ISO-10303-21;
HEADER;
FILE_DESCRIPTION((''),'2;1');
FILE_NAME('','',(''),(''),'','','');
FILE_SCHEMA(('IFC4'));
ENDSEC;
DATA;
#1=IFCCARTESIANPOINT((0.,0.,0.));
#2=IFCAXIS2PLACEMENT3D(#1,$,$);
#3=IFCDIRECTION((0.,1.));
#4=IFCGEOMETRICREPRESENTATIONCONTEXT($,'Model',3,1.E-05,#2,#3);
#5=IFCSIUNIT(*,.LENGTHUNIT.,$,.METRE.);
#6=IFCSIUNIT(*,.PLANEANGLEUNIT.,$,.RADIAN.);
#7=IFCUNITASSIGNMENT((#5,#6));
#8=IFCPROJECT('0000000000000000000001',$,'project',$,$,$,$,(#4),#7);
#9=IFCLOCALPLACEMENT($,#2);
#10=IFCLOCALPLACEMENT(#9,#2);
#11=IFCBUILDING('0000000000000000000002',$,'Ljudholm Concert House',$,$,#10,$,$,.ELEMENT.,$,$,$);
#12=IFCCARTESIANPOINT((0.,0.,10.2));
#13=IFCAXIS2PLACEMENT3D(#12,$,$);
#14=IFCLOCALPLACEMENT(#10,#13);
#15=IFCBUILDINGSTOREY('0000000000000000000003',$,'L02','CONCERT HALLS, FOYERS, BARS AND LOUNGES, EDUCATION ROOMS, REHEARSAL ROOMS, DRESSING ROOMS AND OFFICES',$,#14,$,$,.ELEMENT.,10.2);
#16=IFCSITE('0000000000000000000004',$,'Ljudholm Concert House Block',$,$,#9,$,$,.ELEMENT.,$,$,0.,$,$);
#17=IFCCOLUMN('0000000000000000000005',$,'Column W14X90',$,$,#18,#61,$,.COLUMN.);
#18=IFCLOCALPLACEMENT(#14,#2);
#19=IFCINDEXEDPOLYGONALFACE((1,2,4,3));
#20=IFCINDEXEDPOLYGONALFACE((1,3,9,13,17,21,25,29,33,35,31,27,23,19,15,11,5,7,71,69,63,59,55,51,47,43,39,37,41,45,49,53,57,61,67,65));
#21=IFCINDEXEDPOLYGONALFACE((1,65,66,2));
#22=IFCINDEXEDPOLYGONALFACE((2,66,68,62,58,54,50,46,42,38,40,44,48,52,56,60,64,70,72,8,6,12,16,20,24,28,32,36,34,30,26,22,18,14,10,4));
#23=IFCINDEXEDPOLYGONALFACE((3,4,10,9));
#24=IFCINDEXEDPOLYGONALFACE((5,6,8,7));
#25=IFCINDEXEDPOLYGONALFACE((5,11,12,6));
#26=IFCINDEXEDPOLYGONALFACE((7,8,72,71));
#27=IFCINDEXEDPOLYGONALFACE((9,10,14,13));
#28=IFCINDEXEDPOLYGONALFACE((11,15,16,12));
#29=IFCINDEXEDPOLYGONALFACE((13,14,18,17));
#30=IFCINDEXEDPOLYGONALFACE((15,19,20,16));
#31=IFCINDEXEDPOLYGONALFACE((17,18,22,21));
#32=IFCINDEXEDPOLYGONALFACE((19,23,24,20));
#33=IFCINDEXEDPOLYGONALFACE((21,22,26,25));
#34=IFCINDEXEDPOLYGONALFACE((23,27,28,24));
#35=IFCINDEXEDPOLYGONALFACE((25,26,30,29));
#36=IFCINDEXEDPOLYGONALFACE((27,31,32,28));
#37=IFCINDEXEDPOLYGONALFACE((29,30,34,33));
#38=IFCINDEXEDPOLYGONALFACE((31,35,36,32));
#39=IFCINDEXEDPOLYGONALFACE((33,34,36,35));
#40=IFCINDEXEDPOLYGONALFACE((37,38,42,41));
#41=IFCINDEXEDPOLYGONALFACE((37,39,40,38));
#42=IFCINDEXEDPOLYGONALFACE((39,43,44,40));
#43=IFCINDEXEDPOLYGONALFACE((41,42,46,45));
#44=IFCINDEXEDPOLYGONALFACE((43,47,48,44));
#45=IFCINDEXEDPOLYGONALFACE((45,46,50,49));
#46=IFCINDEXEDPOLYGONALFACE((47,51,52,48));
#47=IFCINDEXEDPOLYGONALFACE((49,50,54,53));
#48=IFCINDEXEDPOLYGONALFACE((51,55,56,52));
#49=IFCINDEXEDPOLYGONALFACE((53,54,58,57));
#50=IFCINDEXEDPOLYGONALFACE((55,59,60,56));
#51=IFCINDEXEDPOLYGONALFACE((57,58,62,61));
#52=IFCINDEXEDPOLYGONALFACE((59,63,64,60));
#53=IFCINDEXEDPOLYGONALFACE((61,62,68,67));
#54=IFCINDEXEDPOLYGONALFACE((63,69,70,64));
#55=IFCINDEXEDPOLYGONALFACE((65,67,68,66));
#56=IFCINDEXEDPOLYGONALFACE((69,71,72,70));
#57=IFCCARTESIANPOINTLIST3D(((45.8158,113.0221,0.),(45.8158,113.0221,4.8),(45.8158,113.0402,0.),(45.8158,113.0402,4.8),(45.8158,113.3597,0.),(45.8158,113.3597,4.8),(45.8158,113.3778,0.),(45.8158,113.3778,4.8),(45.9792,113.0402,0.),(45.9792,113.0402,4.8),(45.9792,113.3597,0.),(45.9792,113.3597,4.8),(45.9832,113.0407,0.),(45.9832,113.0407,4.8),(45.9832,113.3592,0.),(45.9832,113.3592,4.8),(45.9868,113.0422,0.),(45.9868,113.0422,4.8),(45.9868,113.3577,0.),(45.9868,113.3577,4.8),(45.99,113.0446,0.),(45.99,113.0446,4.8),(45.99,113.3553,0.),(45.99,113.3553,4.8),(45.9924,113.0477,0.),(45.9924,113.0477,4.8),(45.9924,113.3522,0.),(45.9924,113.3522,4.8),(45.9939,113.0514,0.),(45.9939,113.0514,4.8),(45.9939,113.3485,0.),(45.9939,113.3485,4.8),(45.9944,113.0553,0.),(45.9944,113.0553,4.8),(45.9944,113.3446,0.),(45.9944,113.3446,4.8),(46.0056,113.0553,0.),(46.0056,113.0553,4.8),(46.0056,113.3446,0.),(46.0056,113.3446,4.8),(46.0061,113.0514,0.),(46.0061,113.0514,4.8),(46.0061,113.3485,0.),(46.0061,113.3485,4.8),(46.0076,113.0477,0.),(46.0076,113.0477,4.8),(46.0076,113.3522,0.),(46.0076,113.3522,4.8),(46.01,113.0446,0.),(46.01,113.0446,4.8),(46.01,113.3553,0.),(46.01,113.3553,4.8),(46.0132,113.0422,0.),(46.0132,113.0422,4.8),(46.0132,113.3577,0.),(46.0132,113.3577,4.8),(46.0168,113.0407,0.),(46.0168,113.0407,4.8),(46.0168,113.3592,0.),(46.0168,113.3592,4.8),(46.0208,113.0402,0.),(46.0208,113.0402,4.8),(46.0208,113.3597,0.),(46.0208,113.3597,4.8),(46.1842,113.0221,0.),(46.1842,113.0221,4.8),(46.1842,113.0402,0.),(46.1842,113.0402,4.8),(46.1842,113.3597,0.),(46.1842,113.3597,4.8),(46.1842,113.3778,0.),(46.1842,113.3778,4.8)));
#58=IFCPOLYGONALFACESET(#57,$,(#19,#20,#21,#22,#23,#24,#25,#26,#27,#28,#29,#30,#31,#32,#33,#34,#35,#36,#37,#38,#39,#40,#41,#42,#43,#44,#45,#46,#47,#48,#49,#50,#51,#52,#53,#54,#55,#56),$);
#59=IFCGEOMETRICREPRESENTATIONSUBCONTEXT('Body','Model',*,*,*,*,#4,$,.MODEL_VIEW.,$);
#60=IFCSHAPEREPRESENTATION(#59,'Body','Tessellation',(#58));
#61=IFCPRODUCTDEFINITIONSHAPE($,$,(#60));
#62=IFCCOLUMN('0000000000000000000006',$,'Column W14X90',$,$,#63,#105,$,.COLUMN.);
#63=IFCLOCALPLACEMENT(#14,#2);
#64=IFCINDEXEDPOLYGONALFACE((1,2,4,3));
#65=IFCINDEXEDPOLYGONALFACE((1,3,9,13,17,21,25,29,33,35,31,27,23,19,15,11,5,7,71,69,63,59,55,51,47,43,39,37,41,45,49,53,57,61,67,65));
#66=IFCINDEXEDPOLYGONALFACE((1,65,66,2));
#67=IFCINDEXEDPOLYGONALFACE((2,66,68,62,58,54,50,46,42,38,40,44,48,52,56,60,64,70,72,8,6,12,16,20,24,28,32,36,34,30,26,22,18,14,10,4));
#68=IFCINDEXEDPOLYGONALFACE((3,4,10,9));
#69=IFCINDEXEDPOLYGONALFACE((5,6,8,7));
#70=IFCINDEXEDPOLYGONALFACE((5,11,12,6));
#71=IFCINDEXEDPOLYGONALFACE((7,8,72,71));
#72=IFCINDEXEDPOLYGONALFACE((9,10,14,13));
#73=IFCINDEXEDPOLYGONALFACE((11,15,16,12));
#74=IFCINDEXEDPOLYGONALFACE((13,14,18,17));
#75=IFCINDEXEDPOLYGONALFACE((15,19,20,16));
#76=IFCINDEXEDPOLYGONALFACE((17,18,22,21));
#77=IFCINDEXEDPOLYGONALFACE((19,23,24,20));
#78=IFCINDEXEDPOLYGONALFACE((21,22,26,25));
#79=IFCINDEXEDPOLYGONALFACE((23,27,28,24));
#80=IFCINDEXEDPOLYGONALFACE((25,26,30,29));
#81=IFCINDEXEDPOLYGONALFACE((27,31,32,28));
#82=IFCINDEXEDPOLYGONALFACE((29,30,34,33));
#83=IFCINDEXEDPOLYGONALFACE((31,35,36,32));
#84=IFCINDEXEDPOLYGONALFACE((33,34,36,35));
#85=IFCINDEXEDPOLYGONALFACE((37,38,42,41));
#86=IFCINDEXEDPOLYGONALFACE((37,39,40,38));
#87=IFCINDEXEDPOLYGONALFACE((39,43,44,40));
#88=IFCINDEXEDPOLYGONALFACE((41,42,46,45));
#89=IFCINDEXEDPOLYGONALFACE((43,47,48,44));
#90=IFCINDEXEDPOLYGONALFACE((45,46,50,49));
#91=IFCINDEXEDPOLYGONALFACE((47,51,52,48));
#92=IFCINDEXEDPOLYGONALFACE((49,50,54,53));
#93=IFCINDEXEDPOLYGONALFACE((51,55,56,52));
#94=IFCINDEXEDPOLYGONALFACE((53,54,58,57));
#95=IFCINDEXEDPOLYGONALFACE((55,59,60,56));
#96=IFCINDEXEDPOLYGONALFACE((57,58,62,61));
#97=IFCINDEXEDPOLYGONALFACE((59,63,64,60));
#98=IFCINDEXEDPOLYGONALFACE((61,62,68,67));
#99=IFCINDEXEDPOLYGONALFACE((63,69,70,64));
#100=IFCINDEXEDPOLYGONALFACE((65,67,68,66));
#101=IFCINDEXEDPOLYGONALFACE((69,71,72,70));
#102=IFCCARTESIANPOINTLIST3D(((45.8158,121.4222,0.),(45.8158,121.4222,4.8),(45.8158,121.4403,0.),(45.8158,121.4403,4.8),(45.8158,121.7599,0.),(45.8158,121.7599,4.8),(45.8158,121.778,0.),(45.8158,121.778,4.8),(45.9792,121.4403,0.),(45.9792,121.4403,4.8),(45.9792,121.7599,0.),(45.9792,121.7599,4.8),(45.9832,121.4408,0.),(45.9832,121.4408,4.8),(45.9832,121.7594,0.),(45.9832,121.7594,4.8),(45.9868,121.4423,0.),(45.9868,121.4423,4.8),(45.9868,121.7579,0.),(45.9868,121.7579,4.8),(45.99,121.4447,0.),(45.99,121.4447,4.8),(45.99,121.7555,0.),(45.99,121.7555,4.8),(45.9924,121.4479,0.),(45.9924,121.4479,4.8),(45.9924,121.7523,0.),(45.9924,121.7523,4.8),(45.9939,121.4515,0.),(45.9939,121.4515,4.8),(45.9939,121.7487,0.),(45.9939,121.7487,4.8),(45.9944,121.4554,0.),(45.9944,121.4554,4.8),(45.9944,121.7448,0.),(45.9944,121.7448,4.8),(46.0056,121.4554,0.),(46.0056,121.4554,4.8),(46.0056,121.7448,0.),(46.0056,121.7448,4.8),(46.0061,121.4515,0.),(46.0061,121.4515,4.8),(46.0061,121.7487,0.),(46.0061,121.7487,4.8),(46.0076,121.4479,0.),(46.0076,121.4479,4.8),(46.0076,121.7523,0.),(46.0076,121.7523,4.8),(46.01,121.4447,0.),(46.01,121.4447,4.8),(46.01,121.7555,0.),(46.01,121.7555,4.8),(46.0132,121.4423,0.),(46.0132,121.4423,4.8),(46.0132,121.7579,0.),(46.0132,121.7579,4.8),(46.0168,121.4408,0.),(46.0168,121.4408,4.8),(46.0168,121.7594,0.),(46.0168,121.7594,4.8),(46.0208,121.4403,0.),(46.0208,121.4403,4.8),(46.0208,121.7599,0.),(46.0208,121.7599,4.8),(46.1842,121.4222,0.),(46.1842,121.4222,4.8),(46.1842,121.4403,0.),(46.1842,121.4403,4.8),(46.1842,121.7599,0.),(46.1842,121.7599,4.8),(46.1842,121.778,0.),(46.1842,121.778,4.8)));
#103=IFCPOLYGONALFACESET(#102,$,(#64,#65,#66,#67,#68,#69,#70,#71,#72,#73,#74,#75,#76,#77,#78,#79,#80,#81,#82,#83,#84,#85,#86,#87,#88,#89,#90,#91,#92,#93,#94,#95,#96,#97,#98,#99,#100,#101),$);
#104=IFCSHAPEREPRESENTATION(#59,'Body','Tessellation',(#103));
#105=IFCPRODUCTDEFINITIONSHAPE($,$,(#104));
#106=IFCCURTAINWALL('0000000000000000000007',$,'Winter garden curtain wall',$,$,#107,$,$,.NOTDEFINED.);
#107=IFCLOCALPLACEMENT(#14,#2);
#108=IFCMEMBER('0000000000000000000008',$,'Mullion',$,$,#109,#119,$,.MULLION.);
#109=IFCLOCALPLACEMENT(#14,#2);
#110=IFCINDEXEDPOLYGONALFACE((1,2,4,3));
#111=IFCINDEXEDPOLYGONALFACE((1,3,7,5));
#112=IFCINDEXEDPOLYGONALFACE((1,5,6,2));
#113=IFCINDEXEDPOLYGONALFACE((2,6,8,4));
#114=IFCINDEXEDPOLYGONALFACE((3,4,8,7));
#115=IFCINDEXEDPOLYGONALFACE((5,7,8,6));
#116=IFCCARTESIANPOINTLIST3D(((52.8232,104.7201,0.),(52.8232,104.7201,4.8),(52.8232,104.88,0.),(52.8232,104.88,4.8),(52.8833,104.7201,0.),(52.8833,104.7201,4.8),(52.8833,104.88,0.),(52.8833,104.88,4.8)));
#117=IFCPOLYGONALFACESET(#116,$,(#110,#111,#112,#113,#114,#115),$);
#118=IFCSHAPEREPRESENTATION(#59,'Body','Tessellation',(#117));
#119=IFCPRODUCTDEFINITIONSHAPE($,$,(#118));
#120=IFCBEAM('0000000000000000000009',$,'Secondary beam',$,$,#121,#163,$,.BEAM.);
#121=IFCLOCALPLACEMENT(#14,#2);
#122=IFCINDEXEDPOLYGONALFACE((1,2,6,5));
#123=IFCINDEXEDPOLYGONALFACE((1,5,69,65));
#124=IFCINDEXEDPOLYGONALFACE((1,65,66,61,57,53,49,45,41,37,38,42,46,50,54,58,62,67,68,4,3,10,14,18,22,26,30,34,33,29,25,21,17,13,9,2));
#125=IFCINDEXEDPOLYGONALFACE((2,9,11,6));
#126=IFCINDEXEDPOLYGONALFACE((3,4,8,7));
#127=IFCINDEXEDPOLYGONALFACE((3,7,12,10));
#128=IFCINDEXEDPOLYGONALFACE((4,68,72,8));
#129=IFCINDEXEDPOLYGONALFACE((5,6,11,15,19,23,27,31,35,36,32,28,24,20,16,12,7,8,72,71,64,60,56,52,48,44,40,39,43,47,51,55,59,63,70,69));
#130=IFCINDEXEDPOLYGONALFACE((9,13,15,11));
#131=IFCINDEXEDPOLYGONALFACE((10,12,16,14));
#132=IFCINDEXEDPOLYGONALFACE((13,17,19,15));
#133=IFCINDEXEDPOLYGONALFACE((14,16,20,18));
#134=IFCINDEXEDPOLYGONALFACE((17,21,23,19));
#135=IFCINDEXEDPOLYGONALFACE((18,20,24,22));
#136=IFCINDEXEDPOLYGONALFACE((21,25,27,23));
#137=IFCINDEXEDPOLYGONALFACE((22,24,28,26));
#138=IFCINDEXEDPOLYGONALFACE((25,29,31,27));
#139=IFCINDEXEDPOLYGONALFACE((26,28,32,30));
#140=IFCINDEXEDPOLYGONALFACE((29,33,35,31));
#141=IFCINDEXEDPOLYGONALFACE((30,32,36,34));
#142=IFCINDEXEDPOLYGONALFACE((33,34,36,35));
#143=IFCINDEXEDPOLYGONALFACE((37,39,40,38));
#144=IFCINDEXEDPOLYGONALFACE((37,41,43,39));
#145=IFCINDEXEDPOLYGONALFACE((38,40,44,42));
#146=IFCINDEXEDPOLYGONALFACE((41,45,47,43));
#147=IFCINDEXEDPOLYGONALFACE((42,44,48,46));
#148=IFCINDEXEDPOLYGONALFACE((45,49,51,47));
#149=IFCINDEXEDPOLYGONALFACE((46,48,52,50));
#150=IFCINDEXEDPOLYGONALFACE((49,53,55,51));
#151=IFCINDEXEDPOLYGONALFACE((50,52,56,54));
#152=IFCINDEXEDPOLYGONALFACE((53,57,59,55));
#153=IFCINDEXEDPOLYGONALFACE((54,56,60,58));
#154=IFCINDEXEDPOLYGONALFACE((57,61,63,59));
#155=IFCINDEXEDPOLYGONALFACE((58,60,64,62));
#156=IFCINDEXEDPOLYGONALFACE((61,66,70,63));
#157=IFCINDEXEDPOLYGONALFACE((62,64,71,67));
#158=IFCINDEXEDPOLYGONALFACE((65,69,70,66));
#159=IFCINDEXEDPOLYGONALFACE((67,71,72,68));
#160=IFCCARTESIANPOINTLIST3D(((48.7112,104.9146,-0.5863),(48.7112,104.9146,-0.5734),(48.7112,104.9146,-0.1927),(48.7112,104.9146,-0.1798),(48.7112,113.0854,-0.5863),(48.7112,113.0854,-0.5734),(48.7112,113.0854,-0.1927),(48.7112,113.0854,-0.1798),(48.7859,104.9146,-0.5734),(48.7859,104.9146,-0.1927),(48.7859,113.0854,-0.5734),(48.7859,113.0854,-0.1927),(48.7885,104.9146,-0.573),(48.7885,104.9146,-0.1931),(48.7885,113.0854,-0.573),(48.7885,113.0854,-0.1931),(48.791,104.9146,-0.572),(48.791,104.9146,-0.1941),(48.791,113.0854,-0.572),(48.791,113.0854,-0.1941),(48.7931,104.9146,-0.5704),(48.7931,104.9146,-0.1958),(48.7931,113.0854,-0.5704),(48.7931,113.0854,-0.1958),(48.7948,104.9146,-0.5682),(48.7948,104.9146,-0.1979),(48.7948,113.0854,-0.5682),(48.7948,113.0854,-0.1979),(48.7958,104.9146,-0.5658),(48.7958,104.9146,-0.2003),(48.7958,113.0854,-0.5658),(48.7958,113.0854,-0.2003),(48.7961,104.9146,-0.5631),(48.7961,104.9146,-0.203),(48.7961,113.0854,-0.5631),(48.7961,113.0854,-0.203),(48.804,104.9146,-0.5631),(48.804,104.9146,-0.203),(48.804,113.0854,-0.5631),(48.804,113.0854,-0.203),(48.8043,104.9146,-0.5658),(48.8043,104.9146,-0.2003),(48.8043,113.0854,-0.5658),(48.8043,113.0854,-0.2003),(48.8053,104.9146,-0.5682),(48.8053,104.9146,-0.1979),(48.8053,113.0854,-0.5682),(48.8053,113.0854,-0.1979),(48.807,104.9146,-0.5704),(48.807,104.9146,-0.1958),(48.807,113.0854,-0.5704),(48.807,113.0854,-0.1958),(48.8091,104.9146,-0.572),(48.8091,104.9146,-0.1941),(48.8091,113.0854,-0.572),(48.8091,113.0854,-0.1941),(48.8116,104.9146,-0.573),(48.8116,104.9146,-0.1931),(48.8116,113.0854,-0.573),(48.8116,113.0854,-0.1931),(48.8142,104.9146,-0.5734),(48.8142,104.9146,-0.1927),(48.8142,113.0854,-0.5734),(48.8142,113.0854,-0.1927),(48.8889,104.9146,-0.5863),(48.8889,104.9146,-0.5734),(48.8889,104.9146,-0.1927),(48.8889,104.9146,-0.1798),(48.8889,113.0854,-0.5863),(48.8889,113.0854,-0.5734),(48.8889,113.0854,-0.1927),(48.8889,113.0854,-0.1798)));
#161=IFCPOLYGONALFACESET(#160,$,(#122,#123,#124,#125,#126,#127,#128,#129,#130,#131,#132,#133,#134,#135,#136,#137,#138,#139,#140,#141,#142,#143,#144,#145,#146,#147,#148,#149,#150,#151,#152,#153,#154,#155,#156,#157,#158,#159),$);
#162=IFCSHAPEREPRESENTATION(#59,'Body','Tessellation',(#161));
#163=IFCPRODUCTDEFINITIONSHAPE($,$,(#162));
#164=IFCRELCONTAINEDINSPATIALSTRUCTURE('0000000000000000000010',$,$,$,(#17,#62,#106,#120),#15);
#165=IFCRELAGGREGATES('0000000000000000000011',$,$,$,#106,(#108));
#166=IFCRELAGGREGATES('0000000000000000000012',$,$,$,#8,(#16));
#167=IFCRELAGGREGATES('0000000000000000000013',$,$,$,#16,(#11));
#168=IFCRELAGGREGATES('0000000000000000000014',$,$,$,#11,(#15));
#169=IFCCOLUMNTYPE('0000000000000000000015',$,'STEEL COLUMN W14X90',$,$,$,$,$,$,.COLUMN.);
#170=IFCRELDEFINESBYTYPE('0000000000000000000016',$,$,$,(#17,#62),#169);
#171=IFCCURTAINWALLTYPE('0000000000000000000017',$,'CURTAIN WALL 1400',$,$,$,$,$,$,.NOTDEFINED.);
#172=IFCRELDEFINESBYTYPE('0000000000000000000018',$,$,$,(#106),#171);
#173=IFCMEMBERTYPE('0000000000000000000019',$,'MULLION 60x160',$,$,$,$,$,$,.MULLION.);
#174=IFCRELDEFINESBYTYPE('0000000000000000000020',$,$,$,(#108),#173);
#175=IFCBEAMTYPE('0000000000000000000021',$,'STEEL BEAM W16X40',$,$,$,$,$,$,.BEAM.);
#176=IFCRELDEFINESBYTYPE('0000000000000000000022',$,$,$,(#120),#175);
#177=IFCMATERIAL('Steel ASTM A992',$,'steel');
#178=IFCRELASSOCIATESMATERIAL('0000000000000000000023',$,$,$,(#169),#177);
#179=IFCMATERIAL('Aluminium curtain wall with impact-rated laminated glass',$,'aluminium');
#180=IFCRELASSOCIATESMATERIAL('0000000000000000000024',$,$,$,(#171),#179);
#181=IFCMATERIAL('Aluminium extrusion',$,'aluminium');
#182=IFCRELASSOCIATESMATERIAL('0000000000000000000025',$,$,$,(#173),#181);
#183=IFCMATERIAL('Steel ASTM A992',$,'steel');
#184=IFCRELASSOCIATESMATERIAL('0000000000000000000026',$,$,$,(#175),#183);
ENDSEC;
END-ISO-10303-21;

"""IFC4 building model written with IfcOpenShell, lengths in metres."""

from ifc_helpers import new_model, si_unit, direction, frame, origin, origin_2d, place, context, subcontext, project, spatial, rectangle, i_section, extrude, material, material_profile, profile_set, type_object, element, aggregate, save


model = new_model("IFC4")

# Units and contexts
model_context = context("Model", 3, precision=1e-05, world=origin(), true_north=direction((0.0, 1.0)))
body_context = subcontext(model_context, "Body", "Model", "MODEL_VIEW")
ifc_project = project(units=[si_unit("LENGTHUNIT", "METRE"), si_unit("PLANEANGLEUNIT", "RADIAN")], contexts=[model_context])

# Site, building, storey
site_placement = place(None, origin())
site = spatial("IfcSite", under=ifc_project, at=site_placement, Name="Ljudholm Concert House Block", CompositionType="ELEMENT", RefElevation=0.0)
building_placement = place(site_placement, origin())
building = spatial("IfcBuilding", under=site, at=building_placement, Name="Ljudholm Concert House", CompositionType="ELEMENT")
storey_placement = place(building_placement, frame((0.0, 0.0, 10.2)))
storey = spatial("IfcBuildingStorey", under=building, at=storey_placement, Name="L02", Description="CONCERT HALLS, FOYERS, BARS AND LOUNGES, EDUCATION ROOMS, REHEARSAL ROOMS, DRESSING ROOMS AND OFFICES", CompositionType="ELEMENT", Elevation=10.2)

# Columns
ifc_material_1 = material(Name="Steel ASTM A992", Category="steel")
ifc_material_profile_1 = material_profile(ifc_material_1, i_section(OverallWidth=0.3684, OverallDepth=0.3557, WebThickness=0.0112, FlangeThickness=0.0181, FilletRadius=0.0151, at=origin_2d()), Name="W14X90")
ifc_profile_set_1 = profile_set([ifc_material_profile_1], Name="Steel ASTM A992")
column_type = type_object("IfcColumnType", Name="STEEL COLUMN W14X90", PredefinedType="COLUMN", material=ifc_profile_set_1)
for number, where, z_axis, x_axis, name in (
    (1, (46.0, 113.2, 0.0), (0.0, 0.0, 1.0), (1.0, 0.0, 0.0), "Column W14X90"),
    (2, (46.0, 121.6001, 0.0), (0.0, 0.0, 1.0), (1.0, 0.0, 0.0), "Column W14X90"),
):
    element("IfcColumn", number, at=place(storey_placement, frame(where, z_axis=z_axis, x_axis=x_axis)), inside=storey, type_object=column_type, Name=name, PredefinedType="COLUMN", context=body_context, shape_type="SweptSolid", body=[
        extrude(i_section(OverallWidth=0.3684, OverallDepth=0.3557, WebThickness=0.0112, FlangeThickness=0.0181, FilletRadius=0.0151, at=origin_2d()), origin(), (0.0, 0.0, 1.0), 4.8),
    ])

# Curtain wall, member
ifc_material_2 = material(Name="Aluminium curtain wall with impact-rated laminated glass", Category="aluminium")
curtain_wall_type = type_object("IfcCurtainWallType", Name="CURTAIN WALL 1400", PredefinedType="NOTDEFINED", material=ifc_material_2)
curtain_wall_placement = place(storey_placement, origin())
curtain_wall = element("IfcCurtainWall", 3, at=curtain_wall_placement, inside=storey, type_object=curtain_wall_type, Name="Winter garden curtain wall", PredefinedType="NOTDEFINED")
ifc_material_3 = material(Name="Aluminium extrusion", Category="aluminium")
ifc_material_profile_2 = material_profile(ifc_material_3, rectangle(XDim=0.1599, YDim=0.0601, at=origin_2d()), Name="MULLION 60x160")
ifc_profile_set_2 = profile_set([ifc_material_profile_2], Name="Aluminium extrusion")
member_type_1 = type_object("IfcMemberType", Name="MULLION 60x160", PredefinedType="MULLION", material=ifc_profile_set_2)
member_1_placement = place(storey_placement, frame((52.8533, 104.8, 0.0), z_axis=(0.0, 0.0, 1.0), x_axis=(0.0, 1.0, 0.0)))
member_1 = element("IfcMember", 4, at=member_1_placement, type_object=member_type_1, Name="Mullion", PredefinedType="MULLION", context=body_context, shape_type="SweptSolid", body=[
    extrude(rectangle(XDim=0.1599, YDim=0.0601, at=origin_2d()), origin(), (0.0, 0.0, 1.0), 4.8),
])

# Beam
ifc_material_4 = material(Name="Steel ASTM A992", Category="steel")
ifc_material_profile_3 = material_profile(ifc_material_4, i_section(OverallWidth=0.1777, OverallDepth=0.4065, WebThickness=0.0078, FlangeThickness=0.0129, FilletRadius=0.0103, at=origin_2d()), Name="W16X40")
ifc_profile_set_3 = profile_set([ifc_material_profile_3], Name="Steel ASTM A992")
beam_type_1 = type_object("IfcBeamType", Name="STEEL BEAM W16X40", PredefinedType="BEAM", material=ifc_profile_set_3)
for number, where, z_axis, x_axis, name in (
    (5, (48.8, 104.9146, -0.3831), (0.0, 1.0, 0.0), (-1.0, 0.0, 0.0), "Secondary beam"),
):
    element("IfcBeam", number, at=place(storey_placement, frame(where, z_axis=z_axis, x_axis=x_axis)), inside=storey, type_object=beam_type_1, Name=name, PredefinedType="BEAM", context=body_context, shape_type="SweptSolid", body=[
        extrude(i_section(OverallWidth=0.1777, OverallDepth=0.4065, WebThickness=0.0078, FlangeThickness=0.0129, FilletRadius=0.0103, at=origin_2d()), origin(), (0.0, 0.0, 1.0), 8.1709),
    ])

aggregate(curtain_wall, [member_1])

save(model, "model.ifc")
